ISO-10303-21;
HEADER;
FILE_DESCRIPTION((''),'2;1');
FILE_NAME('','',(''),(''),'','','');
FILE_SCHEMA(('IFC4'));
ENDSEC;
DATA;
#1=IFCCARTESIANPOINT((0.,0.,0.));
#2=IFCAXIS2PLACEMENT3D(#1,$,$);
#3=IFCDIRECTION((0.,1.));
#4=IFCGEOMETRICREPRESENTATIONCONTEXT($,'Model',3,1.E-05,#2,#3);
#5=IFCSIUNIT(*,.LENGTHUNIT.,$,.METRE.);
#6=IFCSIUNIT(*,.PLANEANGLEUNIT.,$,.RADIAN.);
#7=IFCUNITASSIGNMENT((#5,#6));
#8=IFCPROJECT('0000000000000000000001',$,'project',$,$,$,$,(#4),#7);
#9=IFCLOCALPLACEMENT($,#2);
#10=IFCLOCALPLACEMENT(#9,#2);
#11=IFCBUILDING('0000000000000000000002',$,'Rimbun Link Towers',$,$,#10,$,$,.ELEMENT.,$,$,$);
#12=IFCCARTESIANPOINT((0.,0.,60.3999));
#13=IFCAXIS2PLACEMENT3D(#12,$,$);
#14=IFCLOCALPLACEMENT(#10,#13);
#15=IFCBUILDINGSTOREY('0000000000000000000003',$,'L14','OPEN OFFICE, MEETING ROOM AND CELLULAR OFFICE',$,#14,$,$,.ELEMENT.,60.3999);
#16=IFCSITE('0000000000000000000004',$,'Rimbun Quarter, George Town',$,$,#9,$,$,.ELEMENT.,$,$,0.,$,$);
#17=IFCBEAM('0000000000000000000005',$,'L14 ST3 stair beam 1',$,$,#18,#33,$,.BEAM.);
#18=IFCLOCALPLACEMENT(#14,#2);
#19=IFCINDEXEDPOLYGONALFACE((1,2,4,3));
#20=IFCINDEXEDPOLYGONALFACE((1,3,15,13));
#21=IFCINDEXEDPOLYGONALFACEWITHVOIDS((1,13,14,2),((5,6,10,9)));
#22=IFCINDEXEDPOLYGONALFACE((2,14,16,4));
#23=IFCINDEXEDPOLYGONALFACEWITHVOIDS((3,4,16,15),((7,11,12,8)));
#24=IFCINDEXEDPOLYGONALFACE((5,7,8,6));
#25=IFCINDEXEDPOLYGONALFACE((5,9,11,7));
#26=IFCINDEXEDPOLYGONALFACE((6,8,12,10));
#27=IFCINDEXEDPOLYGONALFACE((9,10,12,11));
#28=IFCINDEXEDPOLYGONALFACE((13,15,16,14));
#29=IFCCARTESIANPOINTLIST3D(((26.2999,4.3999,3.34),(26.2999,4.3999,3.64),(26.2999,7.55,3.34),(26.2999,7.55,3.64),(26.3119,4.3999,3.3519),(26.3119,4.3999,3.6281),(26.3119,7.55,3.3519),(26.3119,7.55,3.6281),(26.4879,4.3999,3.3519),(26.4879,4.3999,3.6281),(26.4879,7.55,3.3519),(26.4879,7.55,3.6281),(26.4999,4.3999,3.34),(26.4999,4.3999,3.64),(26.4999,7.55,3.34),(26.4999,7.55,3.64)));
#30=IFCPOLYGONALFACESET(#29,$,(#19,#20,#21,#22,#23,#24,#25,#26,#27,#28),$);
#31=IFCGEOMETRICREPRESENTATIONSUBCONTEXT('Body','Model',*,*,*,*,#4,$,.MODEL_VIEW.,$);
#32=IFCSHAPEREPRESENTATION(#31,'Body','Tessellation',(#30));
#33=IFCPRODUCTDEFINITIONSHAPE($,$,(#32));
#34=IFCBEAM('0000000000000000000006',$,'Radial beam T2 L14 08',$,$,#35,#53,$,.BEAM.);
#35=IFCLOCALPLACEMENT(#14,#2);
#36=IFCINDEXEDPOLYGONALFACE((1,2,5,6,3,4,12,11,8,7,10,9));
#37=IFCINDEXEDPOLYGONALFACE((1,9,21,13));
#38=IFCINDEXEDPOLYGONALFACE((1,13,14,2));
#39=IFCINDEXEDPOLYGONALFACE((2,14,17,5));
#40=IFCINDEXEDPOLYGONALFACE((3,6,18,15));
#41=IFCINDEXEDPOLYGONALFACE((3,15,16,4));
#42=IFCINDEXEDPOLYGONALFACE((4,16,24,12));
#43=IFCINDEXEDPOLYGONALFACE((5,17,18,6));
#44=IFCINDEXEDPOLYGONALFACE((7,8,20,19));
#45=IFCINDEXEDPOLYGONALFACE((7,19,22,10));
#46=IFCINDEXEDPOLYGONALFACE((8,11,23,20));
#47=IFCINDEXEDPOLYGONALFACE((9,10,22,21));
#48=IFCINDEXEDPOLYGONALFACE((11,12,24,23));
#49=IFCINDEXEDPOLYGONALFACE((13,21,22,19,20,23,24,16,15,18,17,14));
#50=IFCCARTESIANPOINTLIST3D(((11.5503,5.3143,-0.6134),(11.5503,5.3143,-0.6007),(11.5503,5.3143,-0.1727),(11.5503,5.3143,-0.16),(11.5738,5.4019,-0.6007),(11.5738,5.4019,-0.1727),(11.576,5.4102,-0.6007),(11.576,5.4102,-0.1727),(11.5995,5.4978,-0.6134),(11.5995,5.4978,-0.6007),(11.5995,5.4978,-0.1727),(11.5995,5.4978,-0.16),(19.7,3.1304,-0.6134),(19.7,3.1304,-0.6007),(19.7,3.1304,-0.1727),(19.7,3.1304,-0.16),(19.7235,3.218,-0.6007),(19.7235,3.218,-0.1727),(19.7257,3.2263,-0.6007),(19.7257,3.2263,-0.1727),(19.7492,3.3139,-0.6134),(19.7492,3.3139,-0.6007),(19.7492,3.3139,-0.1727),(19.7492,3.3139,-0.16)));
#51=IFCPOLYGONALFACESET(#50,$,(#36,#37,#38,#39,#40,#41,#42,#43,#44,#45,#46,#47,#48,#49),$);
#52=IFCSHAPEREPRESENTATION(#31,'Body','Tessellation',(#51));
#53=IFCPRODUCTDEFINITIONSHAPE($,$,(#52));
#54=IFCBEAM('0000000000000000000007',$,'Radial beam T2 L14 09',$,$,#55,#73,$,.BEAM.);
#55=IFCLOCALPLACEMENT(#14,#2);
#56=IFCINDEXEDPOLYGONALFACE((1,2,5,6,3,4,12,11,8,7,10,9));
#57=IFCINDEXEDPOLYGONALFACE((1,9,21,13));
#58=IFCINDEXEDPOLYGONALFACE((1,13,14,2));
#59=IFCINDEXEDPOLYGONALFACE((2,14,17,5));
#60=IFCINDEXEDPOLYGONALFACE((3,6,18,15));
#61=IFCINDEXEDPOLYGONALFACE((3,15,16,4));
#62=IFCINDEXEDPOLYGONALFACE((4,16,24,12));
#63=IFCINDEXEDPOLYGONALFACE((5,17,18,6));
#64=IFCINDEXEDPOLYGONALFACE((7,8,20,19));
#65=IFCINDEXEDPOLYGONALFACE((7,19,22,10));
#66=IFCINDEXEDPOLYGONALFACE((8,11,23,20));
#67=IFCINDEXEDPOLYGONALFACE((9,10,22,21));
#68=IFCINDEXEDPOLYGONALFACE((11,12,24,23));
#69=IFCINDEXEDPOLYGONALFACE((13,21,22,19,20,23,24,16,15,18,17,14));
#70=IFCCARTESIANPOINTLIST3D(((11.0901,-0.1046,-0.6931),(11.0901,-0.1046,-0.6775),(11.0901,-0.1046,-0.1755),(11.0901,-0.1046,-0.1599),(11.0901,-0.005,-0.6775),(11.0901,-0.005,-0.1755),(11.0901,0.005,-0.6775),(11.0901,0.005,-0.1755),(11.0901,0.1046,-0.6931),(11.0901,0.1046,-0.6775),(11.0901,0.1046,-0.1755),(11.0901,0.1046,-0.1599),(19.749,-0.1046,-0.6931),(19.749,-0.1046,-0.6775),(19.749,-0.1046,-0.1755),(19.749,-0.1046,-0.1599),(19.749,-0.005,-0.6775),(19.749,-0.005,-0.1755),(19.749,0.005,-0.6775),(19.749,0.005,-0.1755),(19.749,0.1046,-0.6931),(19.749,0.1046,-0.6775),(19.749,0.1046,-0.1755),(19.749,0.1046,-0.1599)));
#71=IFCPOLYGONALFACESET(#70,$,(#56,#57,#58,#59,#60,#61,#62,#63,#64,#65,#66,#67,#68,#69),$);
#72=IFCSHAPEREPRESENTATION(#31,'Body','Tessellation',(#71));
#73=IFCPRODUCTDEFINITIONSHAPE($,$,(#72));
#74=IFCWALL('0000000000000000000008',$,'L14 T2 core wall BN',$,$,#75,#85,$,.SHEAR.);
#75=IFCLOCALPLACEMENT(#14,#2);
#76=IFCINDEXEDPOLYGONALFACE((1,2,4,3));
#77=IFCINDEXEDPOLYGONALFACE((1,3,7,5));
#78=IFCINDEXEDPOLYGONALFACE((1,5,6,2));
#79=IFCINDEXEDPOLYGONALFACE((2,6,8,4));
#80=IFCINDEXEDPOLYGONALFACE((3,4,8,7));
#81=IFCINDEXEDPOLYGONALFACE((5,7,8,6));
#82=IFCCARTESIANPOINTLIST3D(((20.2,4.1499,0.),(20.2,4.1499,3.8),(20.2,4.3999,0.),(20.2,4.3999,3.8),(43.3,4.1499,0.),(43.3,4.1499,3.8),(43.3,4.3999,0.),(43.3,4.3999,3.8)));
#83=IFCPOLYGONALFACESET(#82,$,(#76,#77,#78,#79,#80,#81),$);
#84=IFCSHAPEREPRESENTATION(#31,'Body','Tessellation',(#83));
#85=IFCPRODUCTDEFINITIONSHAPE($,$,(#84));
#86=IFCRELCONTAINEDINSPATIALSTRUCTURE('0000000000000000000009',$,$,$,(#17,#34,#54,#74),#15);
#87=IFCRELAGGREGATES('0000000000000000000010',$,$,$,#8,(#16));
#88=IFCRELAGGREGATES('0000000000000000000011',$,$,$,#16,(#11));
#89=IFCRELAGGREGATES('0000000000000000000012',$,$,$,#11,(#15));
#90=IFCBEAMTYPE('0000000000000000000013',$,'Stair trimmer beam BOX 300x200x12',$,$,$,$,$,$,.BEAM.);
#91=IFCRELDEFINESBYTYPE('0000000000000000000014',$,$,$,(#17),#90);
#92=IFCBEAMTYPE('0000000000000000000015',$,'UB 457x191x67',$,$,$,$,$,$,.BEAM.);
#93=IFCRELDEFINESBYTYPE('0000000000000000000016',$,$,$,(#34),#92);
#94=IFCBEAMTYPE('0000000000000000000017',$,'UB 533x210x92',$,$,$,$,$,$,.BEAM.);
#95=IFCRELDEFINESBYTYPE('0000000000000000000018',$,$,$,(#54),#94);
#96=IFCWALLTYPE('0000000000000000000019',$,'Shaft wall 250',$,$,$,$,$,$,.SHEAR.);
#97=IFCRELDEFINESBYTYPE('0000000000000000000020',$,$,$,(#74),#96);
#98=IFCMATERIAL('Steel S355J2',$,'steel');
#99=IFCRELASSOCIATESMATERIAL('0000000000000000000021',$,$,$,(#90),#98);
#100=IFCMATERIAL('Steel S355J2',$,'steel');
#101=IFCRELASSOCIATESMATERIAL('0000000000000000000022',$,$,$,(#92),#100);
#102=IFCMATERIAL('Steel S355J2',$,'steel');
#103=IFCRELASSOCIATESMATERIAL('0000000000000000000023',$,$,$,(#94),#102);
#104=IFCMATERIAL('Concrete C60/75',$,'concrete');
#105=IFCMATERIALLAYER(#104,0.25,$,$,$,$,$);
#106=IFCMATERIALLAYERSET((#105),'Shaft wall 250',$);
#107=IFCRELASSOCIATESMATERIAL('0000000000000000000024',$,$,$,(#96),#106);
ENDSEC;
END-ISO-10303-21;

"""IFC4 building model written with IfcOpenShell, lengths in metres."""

from ifc_helpers import new_model, si_unit, direction, frame, frame_2d, origin, origin_2d, place, context, subcontext, project, spatial, rectangle, hollow_rectangle, i_section, extrude, material, layer, layer_set, material_profile, profile_set, type_object, element, save


model = new_model("IFC4")

# Units and contexts
model_context = context("Model", 3, precision=1e-05, world=origin(), true_north=direction((0.0, 1.0)))
body_context = subcontext(model_context, "Body", "Model", "MODEL_VIEW")
ifc_project = project(units=[si_unit("LENGTHUNIT", "METRE"), si_unit("PLANEANGLEUNIT", "RADIAN")], contexts=[model_context])

# Site, building, storey
site_placement = place(None, origin())
site = spatial("IfcSite", under=ifc_project, at=site_placement, Name="Rimbun Quarter, George Town", CompositionType="ELEMENT", RefElevation=0.0)
building_placement = place(site_placement, origin())
building = spatial("IfcBuilding", under=site, at=building_placement, Name="Rimbun Link Towers", CompositionType="ELEMENT")
storey_placement = place(building_placement, frame((0.0, 0.0, 60.3999)))
storey = spatial("IfcBuildingStorey", under=building, at=storey_placement, Name="L14", Description="OPEN OFFICE, MEETING ROOM AND CELLULAR OFFICE", CompositionType="ELEMENT", Elevation=60.3999)

# Beams
ifc_material_1 = material(Name="Steel S355J2", Category="steel")
ifc_material_profile_1 = material_profile(ifc_material_1, hollow_rectangle(XDim=0.2, YDim=0.3, WallThickness=0.012, at=origin_2d()), Name="BOX 300x200x12")
ifc_profile_set_1 = profile_set([ifc_material_profile_1], Name="Steel S355J2")
beam_type_1 = type_object("IfcBeamType", Name="Stair trimmer beam BOX 300x200x12", PredefinedType="BEAM", material=ifc_profile_set_1)
beam_1_placement = place(storey_placement, frame((26.3999, 7.55, 3.49), z_axis=(0.0, -1.0, 0.0), x_axis=(1.0, 0.0, 0.0)))
element("IfcBeam", 1, at=beam_1_placement, inside=storey, type_object=beam_type_1, Name="L14 ST3 stair beam 1", PredefinedType="BEAM", context=body_context, shape_type="SweptSolid", body=[
    extrude(hollow_rectangle(XDim=0.2, YDim=0.3, WallThickness=0.012, at=origin_2d()), origin(), (0.0, 0.0, 1.0), 3.1501),
])
ifc_material_2 = material(Name="Steel S355J2", Category="steel")
ifc_material_profile_2 = material_profile(ifc_material_2, i_section(OverallWidth=0.1899, OverallDepth=0.4534, WebThickness=0.0085, FlangeThickness=0.0127, at=origin_2d()), Name="UB 457x191x67")
ifc_profile_set_2 = profile_set([ifc_material_profile_2], Name="Steel S355J2")
beam_type_2 = type_object("IfcBeamType", Name="UB 457x191x67", PredefinedType="BEAM", material=ifc_profile_set_2)
beam_2_placement = place(storey_placement, frame((19.7246, 3.2222, -0.3867), z_axis=(-0.965922, 0.258835, 0.0), x_axis=(-0.258835, -0.965922, 0.0)))
element("IfcBeam", 2, at=beam_2_placement, inside=storey, type_object=beam_type_2, Name="Radial beam T2 L14 08", PredefinedType="BEAM", context=body_context, shape_type="SweptSolid", body=[
    extrude(i_section(OverallWidth=0.1899, OverallDepth=0.4534, WebThickness=0.0085, FlangeThickness=0.0127, at=origin_2d()), origin(), (0.0, 0.0, 1.0), 8.4373),
])
ifc_material_3 = material(Name="Steel S355J2", Category="steel")
ifc_material_profile_3 = material_profile(ifc_material_3, i_section(OverallWidth=0.2092, OverallDepth=0.5332, WebThickness=0.01, FlangeThickness=0.0156, at=origin_2d()), Name="UB 533x210x92")
ifc_profile_set_3 = profile_set([ifc_material_profile_3], Name="Steel S355J2")
beam_type_3 = type_object("IfcBeamType", Name="UB 533x210x92", PredefinedType="BEAM", material=ifc_profile_set_3)
beam_3_placement = place(storey_placement, frame((19.749, 0.0, -0.4265), z_axis=(-1.0, 0.0, 0.0), x_axis=(0.0, -1.0, 0.0)))
element("IfcBeam", 3, at=beam_3_placement, inside=storey, type_object=beam_type_3, Name="Radial beam T2 L14 09", PredefinedType="BEAM", context=body_context, shape_type="SweptSolid", body=[
    extrude(i_section(OverallWidth=0.2092, OverallDepth=0.5332, WebThickness=0.01, FlangeThickness=0.0156, at=origin_2d()), origin(), (0.0, 0.0, 1.0), 8.6589),
])

# Wall
ifc_material_4 = material(Name="Concrete C60/75", Category="concrete")
ifc_layer = layer(ifc_material_4, 0.25)
ifc_layer_set = layer_set([ifc_layer], Name="Shaft wall 250")
wall_type = type_object("IfcWallType", Name="Shaft wall 250", PredefinedType="SHEAR", material=ifc_layer_set)
wall_1_placement = place(storey_placement, frame((20.2, 4.2749, 0.0), z_axis=(0.0, 0.0, 1.0), x_axis=(1.0, 0.0, 0.0)))
element("IfcWall", 4, at=wall_1_placement, inside=storey, type_object=wall_type, Name="L14 T2 core wall BN", PredefinedType="SHEAR", context=body_context, shape_type="SweptSolid", body=[
    extrude(rectangle(XDim=23.1001, YDim=0.25, at=frame_2d((11.55, 0.0))), origin(), (0.0, 0.0, 1.0), 3.8),
])

save(model, "model.ifc")
